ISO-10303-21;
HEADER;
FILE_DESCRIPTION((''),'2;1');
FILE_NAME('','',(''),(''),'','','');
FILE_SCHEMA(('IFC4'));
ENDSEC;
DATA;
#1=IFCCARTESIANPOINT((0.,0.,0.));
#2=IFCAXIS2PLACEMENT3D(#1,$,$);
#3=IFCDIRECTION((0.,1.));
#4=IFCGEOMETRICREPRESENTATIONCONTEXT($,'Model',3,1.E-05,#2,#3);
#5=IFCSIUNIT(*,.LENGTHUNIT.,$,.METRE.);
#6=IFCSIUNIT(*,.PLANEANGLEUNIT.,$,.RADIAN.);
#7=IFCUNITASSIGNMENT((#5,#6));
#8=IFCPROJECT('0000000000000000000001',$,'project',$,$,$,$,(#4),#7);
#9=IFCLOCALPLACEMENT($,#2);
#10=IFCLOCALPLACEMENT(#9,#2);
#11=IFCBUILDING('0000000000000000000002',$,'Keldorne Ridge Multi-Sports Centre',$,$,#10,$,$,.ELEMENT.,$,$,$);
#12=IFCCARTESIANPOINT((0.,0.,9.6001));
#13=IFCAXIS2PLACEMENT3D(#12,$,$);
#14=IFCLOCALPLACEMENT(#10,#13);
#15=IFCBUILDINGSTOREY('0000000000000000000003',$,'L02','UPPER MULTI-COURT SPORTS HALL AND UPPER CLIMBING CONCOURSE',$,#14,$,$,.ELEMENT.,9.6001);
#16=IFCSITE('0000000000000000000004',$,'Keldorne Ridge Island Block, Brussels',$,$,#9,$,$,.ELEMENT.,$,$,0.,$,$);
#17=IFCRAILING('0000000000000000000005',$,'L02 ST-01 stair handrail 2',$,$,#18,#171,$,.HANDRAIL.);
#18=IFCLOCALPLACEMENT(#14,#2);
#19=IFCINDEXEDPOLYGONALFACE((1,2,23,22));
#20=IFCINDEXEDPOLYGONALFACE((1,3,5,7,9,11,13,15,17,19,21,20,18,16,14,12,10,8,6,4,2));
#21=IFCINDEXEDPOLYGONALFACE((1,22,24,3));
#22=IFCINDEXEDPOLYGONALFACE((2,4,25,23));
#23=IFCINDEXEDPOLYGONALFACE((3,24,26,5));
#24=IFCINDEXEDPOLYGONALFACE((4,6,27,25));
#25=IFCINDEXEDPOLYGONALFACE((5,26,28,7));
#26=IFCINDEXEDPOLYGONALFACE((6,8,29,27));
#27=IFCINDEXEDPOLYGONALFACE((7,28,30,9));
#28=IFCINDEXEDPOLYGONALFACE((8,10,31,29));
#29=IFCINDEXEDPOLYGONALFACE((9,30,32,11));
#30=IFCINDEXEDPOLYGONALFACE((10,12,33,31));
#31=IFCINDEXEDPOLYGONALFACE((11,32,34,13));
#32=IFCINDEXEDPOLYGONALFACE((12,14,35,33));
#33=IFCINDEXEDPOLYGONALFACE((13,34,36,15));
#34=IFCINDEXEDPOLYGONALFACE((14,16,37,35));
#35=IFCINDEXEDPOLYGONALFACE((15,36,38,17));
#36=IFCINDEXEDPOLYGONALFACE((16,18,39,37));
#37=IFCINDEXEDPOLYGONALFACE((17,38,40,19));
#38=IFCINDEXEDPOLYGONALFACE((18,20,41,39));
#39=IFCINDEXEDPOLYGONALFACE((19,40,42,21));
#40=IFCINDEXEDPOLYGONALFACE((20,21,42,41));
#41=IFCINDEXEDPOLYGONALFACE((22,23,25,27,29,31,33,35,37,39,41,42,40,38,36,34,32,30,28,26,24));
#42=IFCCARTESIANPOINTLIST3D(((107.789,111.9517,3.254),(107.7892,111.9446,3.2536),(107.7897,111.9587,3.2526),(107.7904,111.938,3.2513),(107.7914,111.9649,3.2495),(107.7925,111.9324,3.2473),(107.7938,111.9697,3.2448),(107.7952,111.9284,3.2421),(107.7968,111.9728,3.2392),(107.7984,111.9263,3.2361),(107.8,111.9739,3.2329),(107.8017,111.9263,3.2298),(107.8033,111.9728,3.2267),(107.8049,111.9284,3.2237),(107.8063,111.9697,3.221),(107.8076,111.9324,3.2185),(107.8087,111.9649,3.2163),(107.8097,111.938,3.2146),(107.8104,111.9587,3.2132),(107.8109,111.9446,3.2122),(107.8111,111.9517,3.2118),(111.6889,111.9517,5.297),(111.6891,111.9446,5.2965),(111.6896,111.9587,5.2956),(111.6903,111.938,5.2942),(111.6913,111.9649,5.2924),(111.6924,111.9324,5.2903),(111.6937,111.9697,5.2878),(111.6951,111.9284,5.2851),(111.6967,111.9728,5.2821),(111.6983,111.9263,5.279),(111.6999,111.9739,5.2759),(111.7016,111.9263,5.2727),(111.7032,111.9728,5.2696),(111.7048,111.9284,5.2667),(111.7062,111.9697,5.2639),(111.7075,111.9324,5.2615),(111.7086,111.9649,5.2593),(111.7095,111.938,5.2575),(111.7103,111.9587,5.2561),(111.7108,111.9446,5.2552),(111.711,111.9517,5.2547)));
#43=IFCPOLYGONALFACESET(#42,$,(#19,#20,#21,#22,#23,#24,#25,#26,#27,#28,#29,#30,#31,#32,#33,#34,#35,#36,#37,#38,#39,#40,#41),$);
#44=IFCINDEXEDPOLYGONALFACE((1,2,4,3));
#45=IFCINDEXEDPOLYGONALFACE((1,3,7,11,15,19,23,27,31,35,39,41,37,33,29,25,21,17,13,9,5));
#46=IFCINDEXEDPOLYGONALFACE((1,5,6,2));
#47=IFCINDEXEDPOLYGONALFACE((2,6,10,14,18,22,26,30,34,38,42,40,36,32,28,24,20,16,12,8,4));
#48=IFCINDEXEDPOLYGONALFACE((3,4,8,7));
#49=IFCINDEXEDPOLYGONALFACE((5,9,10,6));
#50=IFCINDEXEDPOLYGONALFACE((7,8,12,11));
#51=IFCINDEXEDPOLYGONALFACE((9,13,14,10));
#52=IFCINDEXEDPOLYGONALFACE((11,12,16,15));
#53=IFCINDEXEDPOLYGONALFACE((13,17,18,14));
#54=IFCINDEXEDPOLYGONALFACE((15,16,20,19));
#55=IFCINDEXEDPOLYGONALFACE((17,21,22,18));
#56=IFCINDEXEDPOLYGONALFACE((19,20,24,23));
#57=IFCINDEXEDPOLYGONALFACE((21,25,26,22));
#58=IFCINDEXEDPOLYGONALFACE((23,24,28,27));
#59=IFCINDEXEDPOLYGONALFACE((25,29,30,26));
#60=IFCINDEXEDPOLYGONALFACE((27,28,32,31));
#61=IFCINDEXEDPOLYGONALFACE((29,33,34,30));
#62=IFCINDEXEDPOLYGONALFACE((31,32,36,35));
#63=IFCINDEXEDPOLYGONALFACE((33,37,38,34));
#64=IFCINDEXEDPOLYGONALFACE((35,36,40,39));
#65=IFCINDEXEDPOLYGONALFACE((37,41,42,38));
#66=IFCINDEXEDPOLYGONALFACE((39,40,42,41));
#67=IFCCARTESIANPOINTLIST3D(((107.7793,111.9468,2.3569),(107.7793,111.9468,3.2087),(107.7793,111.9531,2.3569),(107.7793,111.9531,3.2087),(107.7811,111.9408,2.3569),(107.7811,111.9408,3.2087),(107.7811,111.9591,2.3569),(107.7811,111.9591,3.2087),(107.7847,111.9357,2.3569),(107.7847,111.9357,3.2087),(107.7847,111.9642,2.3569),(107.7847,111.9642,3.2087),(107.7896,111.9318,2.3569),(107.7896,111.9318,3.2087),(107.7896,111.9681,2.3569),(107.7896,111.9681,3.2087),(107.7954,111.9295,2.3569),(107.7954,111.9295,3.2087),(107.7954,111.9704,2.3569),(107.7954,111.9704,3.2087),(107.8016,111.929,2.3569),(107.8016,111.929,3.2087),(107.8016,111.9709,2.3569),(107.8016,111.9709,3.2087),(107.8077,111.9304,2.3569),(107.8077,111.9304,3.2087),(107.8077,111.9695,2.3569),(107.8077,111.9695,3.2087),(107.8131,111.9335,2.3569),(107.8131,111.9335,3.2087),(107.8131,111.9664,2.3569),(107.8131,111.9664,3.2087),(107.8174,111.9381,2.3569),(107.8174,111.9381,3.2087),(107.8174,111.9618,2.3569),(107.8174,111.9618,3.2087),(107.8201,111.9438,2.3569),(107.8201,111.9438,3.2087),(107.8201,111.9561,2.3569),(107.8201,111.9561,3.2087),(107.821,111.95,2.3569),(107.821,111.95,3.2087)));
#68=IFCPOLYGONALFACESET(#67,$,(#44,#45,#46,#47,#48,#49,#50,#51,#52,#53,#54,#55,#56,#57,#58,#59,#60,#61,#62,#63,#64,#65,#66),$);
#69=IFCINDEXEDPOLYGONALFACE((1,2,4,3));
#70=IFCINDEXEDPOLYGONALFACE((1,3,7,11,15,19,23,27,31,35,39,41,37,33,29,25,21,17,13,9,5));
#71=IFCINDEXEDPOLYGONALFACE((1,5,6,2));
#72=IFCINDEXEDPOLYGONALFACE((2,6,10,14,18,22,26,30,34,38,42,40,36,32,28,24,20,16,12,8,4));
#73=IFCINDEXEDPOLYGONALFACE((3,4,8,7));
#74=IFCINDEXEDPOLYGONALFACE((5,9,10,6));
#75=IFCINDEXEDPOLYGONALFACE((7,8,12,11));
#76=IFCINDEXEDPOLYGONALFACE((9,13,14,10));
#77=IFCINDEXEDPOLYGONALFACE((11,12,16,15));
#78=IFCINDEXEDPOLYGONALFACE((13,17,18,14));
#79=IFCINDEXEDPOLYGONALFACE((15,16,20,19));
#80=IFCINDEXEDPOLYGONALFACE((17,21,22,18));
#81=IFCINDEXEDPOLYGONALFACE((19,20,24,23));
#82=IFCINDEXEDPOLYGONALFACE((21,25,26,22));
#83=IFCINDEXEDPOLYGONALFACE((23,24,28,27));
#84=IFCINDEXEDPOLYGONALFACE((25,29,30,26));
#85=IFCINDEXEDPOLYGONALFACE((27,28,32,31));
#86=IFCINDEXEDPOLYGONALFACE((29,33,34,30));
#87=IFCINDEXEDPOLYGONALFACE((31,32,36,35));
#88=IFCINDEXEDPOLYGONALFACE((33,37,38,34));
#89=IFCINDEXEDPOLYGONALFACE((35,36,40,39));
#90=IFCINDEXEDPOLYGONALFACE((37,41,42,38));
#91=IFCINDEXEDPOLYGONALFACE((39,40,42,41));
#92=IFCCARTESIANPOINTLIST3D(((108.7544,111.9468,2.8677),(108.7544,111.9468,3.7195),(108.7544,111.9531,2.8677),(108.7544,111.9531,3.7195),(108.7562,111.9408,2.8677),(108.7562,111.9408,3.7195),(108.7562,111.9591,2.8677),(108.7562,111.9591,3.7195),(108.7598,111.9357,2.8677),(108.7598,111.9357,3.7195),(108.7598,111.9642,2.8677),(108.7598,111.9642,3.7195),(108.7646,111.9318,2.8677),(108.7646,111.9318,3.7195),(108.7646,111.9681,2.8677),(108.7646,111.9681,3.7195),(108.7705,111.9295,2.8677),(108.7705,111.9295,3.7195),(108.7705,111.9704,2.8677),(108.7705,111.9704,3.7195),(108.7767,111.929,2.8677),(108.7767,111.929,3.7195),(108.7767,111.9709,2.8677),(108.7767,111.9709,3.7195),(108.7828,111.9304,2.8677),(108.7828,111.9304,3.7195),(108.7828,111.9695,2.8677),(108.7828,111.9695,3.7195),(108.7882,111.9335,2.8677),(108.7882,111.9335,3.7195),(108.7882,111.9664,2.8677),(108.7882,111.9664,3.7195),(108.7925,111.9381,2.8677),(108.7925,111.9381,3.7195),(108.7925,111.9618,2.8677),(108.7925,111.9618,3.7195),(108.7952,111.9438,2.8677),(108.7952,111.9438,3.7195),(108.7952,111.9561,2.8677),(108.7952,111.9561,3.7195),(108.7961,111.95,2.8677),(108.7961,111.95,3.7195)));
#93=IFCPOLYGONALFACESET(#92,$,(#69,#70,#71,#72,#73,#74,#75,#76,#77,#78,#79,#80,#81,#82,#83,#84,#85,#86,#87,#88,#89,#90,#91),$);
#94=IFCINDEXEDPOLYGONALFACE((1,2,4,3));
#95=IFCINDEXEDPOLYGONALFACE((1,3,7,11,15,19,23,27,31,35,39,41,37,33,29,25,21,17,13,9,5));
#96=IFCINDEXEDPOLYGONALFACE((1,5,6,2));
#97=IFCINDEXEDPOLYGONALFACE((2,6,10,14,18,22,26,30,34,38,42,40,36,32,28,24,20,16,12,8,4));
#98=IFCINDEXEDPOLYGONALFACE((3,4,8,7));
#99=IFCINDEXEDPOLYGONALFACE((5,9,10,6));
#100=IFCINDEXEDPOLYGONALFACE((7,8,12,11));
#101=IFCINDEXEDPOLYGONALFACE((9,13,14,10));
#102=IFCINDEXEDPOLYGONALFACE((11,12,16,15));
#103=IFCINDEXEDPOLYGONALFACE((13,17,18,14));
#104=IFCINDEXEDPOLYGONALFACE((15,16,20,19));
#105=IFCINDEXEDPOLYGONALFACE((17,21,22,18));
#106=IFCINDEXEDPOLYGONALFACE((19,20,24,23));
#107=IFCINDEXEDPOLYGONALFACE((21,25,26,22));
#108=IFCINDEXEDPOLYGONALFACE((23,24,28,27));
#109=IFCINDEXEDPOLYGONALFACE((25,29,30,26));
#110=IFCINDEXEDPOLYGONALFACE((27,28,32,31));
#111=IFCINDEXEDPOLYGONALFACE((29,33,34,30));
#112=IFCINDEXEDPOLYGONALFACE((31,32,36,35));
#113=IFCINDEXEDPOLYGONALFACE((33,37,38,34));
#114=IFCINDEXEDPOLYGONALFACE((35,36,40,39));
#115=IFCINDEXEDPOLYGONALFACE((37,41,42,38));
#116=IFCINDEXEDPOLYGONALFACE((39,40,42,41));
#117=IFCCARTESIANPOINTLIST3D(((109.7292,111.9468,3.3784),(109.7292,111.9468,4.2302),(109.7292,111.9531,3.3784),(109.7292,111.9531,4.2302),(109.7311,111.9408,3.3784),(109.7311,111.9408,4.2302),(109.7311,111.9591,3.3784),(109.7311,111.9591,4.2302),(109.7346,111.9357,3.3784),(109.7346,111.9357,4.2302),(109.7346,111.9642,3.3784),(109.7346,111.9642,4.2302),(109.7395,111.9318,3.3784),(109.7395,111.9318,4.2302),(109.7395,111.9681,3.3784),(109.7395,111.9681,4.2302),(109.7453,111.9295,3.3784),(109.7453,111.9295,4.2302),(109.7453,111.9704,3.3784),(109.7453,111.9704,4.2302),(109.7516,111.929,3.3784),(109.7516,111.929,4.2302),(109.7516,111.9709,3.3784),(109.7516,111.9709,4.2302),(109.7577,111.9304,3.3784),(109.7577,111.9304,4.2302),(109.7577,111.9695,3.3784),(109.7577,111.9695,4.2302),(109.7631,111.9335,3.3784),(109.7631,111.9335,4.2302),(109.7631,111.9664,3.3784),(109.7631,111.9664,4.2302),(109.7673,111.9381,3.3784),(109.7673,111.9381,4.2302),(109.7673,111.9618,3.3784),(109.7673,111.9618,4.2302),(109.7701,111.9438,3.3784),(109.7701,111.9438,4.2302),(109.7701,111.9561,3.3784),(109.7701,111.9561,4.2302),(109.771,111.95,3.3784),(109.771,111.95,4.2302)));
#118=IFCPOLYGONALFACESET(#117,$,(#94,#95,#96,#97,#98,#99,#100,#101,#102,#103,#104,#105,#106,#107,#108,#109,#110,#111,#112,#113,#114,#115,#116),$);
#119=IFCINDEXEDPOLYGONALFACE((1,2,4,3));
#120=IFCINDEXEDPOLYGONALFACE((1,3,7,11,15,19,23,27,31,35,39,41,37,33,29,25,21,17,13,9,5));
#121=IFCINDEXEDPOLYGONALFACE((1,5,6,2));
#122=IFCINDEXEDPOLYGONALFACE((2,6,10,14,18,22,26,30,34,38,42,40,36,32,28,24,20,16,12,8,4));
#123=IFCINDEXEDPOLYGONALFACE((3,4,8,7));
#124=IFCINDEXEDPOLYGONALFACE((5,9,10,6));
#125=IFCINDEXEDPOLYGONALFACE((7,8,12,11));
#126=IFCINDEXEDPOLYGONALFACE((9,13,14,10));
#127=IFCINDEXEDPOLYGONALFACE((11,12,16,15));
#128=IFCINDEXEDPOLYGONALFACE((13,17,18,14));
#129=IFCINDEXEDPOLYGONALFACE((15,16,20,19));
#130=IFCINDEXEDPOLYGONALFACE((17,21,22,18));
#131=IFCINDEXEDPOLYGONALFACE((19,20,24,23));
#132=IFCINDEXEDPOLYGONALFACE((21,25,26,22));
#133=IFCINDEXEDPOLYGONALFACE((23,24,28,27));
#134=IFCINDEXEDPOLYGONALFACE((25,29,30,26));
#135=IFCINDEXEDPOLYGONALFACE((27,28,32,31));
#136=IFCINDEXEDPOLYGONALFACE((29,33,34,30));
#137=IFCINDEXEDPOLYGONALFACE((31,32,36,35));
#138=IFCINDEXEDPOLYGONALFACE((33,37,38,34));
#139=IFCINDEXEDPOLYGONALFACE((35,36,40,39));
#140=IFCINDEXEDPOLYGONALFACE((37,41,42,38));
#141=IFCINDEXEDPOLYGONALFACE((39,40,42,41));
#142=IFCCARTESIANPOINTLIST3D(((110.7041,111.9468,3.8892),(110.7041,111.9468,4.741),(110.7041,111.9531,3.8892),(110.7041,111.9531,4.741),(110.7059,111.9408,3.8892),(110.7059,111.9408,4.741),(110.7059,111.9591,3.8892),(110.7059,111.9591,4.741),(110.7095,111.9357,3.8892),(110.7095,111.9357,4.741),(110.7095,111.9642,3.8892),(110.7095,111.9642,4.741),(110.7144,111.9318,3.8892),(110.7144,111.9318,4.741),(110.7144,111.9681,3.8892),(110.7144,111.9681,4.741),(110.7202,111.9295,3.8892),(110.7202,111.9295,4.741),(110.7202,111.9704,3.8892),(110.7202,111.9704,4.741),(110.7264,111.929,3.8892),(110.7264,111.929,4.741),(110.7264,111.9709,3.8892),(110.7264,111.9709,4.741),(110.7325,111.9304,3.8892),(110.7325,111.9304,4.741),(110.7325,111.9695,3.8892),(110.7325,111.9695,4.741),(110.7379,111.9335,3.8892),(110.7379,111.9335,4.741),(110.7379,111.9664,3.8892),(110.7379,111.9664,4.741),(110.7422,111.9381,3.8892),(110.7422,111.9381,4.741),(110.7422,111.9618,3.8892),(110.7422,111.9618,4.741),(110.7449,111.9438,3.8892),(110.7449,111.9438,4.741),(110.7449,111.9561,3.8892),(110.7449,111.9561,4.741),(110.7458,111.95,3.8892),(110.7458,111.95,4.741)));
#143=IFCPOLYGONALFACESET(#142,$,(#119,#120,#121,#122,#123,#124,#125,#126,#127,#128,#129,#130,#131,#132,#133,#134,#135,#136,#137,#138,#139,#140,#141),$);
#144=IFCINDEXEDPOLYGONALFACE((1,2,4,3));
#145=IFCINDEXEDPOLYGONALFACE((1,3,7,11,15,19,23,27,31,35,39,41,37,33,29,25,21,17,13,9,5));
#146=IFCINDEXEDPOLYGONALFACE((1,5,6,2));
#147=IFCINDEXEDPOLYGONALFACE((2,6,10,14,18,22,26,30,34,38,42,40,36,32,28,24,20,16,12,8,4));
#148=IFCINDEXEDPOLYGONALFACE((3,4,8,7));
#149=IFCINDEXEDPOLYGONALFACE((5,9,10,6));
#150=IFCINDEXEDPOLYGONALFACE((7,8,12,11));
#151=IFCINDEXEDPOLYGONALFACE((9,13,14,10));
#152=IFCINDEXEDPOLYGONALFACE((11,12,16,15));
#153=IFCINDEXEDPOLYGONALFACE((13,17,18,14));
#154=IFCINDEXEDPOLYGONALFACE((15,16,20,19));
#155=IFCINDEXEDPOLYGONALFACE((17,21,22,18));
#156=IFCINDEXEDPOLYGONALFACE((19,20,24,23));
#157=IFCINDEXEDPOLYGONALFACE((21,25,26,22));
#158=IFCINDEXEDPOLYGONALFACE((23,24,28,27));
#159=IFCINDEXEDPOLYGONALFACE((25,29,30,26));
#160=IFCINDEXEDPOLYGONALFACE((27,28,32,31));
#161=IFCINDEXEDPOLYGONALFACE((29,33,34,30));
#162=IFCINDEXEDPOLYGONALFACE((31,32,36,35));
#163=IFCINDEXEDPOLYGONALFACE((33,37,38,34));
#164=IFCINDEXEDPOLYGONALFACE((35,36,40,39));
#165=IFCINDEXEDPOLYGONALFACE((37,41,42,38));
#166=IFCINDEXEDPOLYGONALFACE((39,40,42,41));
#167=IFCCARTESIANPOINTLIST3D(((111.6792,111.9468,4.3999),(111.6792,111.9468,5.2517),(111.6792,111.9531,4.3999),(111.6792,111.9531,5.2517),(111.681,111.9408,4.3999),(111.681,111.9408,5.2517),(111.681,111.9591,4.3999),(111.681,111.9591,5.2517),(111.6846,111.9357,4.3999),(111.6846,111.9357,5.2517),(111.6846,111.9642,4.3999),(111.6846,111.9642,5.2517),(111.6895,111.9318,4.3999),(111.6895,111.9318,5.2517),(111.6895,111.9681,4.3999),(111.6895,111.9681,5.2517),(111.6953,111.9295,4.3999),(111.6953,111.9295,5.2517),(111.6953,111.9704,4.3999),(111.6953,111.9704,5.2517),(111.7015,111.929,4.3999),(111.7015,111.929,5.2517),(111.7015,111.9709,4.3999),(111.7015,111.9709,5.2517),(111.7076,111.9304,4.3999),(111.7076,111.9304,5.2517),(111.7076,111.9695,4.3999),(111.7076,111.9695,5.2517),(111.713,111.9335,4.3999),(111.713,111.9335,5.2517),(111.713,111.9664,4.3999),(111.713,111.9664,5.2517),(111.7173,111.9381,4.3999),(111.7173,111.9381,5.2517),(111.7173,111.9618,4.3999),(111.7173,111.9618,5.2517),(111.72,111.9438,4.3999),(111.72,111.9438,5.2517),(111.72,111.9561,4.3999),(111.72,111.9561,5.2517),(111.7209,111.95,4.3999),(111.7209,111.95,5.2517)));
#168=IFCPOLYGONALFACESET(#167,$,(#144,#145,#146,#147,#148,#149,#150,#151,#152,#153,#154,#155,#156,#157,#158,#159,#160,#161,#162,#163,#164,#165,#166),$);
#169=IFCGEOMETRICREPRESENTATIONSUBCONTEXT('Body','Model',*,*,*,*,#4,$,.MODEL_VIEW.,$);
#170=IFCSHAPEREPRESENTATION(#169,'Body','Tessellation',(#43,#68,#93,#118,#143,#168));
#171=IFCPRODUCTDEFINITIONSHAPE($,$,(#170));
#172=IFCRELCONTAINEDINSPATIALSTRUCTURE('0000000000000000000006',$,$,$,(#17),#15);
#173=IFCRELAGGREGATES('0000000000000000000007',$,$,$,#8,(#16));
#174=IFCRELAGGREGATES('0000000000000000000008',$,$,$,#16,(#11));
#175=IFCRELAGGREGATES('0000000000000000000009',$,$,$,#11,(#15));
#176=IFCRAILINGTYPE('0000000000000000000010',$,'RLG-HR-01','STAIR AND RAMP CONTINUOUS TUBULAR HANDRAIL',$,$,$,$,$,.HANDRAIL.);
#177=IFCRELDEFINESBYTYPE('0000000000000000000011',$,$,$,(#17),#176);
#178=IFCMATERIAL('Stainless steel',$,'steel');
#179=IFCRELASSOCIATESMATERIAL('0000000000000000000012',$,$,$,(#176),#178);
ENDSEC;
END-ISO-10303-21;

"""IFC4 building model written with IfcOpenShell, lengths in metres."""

from ifc_helpers import new_model, si_unit, direction, frame, origin, origin_2d, place, context, subcontext, project, spatial, circle, extrude, material, type_object, element, save


model = new_model("IFC4")

# Units and contexts
model_context = context("Model", 3, precision=1e-05, world=origin(), true_north=direction((0.0, 1.0)))
body_context = subcontext(model_context, "Body", "Model", "MODEL_VIEW")
ifc_project = project(units=[si_unit("LENGTHUNIT", "METRE"), si_unit("PLANEANGLEUNIT", "RADIAN")], contexts=[model_context])

# Site, building, storey
site_placement = place(None, origin())
site = spatial("IfcSite", under=ifc_project, at=site_placement, Name="Keldorne Ridge Island Block, Brussels", CompositionType="ELEMENT", RefElevation=0.0)
building_placement = place(site_placement, origin())
building = spatial("IfcBuilding", under=site, at=building_placement, Name="Keldorne Ridge Multi-Sports Centre", CompositionType="ELEMENT")
storey_placement = place(building_placement, frame((0.0, 0.0, 9.6001)))
storey = spatial("IfcBuildingStorey", under=building, at=storey_placement, Name="L02", Description="UPPER MULTI-COURT SPORTS HALL AND UPPER CLIMBING CONCOURSE", CompositionType="ELEMENT", Elevation=9.6001)

# Shared definitions
ifc_material_1 = material(Name="Stainless steel", Category="steel")

# Railing
railing_type_1 = type_object("IfcRailingType", Name="RLG-HR-01", Description="STAIR AND RAMP CONTINUOUS TUBULAR HANDRAIL", PredefinedType="HANDRAIL", material=ifc_material_1)
railing_1_placement = place(storey_placement, frame((107.8, 111.95, 2.3569)))
element("IfcRailing", 1, at=railing_1_placement, inside=storey, type_object=railing_type_1, Name="L02 ST-01 stair handrail 2", PredefinedType="HANDRAIL", context=body_context, shape_type="SweptSolid", body=[
    extrude(circle(Radius=0.0239, at=origin_2d()), frame((0.0, 0.0, 0.876), z_axis=(0.885816, 0.0, 0.464036), x_axis=(0.0, 1.0, 0.0)), (0.0, 0.0, 1.0), 4.4026),
    extrude(circle(Radius=0.021, at=origin_2d()), origin(), (0.0, 0.0, 1.0), 0.8518),
    extrude(circle(Radius=0.021, at=origin_2d()), frame((0.9751, 0.0, 0.5107)), (0.0, 0.0, 1.0), 0.8518),
    extrude(circle(Radius=0.021, at=origin_2d()), frame((1.95, 0.0, 1.0215)), (0.0, 0.0, 1.0), 0.8518),
    extrude(circle(Radius=0.021, at=origin_2d()), frame((2.9248, 0.0, 1.5322)), (0.0, 0.0, 1.0), 0.8518),
    extrude(circle(Radius=0.021, at=origin_2d()), frame((3.8999, 0.0, 2.043)), (0.0, 0.0, 1.0), 0.8518),
])

save(model, "model.ifc")
